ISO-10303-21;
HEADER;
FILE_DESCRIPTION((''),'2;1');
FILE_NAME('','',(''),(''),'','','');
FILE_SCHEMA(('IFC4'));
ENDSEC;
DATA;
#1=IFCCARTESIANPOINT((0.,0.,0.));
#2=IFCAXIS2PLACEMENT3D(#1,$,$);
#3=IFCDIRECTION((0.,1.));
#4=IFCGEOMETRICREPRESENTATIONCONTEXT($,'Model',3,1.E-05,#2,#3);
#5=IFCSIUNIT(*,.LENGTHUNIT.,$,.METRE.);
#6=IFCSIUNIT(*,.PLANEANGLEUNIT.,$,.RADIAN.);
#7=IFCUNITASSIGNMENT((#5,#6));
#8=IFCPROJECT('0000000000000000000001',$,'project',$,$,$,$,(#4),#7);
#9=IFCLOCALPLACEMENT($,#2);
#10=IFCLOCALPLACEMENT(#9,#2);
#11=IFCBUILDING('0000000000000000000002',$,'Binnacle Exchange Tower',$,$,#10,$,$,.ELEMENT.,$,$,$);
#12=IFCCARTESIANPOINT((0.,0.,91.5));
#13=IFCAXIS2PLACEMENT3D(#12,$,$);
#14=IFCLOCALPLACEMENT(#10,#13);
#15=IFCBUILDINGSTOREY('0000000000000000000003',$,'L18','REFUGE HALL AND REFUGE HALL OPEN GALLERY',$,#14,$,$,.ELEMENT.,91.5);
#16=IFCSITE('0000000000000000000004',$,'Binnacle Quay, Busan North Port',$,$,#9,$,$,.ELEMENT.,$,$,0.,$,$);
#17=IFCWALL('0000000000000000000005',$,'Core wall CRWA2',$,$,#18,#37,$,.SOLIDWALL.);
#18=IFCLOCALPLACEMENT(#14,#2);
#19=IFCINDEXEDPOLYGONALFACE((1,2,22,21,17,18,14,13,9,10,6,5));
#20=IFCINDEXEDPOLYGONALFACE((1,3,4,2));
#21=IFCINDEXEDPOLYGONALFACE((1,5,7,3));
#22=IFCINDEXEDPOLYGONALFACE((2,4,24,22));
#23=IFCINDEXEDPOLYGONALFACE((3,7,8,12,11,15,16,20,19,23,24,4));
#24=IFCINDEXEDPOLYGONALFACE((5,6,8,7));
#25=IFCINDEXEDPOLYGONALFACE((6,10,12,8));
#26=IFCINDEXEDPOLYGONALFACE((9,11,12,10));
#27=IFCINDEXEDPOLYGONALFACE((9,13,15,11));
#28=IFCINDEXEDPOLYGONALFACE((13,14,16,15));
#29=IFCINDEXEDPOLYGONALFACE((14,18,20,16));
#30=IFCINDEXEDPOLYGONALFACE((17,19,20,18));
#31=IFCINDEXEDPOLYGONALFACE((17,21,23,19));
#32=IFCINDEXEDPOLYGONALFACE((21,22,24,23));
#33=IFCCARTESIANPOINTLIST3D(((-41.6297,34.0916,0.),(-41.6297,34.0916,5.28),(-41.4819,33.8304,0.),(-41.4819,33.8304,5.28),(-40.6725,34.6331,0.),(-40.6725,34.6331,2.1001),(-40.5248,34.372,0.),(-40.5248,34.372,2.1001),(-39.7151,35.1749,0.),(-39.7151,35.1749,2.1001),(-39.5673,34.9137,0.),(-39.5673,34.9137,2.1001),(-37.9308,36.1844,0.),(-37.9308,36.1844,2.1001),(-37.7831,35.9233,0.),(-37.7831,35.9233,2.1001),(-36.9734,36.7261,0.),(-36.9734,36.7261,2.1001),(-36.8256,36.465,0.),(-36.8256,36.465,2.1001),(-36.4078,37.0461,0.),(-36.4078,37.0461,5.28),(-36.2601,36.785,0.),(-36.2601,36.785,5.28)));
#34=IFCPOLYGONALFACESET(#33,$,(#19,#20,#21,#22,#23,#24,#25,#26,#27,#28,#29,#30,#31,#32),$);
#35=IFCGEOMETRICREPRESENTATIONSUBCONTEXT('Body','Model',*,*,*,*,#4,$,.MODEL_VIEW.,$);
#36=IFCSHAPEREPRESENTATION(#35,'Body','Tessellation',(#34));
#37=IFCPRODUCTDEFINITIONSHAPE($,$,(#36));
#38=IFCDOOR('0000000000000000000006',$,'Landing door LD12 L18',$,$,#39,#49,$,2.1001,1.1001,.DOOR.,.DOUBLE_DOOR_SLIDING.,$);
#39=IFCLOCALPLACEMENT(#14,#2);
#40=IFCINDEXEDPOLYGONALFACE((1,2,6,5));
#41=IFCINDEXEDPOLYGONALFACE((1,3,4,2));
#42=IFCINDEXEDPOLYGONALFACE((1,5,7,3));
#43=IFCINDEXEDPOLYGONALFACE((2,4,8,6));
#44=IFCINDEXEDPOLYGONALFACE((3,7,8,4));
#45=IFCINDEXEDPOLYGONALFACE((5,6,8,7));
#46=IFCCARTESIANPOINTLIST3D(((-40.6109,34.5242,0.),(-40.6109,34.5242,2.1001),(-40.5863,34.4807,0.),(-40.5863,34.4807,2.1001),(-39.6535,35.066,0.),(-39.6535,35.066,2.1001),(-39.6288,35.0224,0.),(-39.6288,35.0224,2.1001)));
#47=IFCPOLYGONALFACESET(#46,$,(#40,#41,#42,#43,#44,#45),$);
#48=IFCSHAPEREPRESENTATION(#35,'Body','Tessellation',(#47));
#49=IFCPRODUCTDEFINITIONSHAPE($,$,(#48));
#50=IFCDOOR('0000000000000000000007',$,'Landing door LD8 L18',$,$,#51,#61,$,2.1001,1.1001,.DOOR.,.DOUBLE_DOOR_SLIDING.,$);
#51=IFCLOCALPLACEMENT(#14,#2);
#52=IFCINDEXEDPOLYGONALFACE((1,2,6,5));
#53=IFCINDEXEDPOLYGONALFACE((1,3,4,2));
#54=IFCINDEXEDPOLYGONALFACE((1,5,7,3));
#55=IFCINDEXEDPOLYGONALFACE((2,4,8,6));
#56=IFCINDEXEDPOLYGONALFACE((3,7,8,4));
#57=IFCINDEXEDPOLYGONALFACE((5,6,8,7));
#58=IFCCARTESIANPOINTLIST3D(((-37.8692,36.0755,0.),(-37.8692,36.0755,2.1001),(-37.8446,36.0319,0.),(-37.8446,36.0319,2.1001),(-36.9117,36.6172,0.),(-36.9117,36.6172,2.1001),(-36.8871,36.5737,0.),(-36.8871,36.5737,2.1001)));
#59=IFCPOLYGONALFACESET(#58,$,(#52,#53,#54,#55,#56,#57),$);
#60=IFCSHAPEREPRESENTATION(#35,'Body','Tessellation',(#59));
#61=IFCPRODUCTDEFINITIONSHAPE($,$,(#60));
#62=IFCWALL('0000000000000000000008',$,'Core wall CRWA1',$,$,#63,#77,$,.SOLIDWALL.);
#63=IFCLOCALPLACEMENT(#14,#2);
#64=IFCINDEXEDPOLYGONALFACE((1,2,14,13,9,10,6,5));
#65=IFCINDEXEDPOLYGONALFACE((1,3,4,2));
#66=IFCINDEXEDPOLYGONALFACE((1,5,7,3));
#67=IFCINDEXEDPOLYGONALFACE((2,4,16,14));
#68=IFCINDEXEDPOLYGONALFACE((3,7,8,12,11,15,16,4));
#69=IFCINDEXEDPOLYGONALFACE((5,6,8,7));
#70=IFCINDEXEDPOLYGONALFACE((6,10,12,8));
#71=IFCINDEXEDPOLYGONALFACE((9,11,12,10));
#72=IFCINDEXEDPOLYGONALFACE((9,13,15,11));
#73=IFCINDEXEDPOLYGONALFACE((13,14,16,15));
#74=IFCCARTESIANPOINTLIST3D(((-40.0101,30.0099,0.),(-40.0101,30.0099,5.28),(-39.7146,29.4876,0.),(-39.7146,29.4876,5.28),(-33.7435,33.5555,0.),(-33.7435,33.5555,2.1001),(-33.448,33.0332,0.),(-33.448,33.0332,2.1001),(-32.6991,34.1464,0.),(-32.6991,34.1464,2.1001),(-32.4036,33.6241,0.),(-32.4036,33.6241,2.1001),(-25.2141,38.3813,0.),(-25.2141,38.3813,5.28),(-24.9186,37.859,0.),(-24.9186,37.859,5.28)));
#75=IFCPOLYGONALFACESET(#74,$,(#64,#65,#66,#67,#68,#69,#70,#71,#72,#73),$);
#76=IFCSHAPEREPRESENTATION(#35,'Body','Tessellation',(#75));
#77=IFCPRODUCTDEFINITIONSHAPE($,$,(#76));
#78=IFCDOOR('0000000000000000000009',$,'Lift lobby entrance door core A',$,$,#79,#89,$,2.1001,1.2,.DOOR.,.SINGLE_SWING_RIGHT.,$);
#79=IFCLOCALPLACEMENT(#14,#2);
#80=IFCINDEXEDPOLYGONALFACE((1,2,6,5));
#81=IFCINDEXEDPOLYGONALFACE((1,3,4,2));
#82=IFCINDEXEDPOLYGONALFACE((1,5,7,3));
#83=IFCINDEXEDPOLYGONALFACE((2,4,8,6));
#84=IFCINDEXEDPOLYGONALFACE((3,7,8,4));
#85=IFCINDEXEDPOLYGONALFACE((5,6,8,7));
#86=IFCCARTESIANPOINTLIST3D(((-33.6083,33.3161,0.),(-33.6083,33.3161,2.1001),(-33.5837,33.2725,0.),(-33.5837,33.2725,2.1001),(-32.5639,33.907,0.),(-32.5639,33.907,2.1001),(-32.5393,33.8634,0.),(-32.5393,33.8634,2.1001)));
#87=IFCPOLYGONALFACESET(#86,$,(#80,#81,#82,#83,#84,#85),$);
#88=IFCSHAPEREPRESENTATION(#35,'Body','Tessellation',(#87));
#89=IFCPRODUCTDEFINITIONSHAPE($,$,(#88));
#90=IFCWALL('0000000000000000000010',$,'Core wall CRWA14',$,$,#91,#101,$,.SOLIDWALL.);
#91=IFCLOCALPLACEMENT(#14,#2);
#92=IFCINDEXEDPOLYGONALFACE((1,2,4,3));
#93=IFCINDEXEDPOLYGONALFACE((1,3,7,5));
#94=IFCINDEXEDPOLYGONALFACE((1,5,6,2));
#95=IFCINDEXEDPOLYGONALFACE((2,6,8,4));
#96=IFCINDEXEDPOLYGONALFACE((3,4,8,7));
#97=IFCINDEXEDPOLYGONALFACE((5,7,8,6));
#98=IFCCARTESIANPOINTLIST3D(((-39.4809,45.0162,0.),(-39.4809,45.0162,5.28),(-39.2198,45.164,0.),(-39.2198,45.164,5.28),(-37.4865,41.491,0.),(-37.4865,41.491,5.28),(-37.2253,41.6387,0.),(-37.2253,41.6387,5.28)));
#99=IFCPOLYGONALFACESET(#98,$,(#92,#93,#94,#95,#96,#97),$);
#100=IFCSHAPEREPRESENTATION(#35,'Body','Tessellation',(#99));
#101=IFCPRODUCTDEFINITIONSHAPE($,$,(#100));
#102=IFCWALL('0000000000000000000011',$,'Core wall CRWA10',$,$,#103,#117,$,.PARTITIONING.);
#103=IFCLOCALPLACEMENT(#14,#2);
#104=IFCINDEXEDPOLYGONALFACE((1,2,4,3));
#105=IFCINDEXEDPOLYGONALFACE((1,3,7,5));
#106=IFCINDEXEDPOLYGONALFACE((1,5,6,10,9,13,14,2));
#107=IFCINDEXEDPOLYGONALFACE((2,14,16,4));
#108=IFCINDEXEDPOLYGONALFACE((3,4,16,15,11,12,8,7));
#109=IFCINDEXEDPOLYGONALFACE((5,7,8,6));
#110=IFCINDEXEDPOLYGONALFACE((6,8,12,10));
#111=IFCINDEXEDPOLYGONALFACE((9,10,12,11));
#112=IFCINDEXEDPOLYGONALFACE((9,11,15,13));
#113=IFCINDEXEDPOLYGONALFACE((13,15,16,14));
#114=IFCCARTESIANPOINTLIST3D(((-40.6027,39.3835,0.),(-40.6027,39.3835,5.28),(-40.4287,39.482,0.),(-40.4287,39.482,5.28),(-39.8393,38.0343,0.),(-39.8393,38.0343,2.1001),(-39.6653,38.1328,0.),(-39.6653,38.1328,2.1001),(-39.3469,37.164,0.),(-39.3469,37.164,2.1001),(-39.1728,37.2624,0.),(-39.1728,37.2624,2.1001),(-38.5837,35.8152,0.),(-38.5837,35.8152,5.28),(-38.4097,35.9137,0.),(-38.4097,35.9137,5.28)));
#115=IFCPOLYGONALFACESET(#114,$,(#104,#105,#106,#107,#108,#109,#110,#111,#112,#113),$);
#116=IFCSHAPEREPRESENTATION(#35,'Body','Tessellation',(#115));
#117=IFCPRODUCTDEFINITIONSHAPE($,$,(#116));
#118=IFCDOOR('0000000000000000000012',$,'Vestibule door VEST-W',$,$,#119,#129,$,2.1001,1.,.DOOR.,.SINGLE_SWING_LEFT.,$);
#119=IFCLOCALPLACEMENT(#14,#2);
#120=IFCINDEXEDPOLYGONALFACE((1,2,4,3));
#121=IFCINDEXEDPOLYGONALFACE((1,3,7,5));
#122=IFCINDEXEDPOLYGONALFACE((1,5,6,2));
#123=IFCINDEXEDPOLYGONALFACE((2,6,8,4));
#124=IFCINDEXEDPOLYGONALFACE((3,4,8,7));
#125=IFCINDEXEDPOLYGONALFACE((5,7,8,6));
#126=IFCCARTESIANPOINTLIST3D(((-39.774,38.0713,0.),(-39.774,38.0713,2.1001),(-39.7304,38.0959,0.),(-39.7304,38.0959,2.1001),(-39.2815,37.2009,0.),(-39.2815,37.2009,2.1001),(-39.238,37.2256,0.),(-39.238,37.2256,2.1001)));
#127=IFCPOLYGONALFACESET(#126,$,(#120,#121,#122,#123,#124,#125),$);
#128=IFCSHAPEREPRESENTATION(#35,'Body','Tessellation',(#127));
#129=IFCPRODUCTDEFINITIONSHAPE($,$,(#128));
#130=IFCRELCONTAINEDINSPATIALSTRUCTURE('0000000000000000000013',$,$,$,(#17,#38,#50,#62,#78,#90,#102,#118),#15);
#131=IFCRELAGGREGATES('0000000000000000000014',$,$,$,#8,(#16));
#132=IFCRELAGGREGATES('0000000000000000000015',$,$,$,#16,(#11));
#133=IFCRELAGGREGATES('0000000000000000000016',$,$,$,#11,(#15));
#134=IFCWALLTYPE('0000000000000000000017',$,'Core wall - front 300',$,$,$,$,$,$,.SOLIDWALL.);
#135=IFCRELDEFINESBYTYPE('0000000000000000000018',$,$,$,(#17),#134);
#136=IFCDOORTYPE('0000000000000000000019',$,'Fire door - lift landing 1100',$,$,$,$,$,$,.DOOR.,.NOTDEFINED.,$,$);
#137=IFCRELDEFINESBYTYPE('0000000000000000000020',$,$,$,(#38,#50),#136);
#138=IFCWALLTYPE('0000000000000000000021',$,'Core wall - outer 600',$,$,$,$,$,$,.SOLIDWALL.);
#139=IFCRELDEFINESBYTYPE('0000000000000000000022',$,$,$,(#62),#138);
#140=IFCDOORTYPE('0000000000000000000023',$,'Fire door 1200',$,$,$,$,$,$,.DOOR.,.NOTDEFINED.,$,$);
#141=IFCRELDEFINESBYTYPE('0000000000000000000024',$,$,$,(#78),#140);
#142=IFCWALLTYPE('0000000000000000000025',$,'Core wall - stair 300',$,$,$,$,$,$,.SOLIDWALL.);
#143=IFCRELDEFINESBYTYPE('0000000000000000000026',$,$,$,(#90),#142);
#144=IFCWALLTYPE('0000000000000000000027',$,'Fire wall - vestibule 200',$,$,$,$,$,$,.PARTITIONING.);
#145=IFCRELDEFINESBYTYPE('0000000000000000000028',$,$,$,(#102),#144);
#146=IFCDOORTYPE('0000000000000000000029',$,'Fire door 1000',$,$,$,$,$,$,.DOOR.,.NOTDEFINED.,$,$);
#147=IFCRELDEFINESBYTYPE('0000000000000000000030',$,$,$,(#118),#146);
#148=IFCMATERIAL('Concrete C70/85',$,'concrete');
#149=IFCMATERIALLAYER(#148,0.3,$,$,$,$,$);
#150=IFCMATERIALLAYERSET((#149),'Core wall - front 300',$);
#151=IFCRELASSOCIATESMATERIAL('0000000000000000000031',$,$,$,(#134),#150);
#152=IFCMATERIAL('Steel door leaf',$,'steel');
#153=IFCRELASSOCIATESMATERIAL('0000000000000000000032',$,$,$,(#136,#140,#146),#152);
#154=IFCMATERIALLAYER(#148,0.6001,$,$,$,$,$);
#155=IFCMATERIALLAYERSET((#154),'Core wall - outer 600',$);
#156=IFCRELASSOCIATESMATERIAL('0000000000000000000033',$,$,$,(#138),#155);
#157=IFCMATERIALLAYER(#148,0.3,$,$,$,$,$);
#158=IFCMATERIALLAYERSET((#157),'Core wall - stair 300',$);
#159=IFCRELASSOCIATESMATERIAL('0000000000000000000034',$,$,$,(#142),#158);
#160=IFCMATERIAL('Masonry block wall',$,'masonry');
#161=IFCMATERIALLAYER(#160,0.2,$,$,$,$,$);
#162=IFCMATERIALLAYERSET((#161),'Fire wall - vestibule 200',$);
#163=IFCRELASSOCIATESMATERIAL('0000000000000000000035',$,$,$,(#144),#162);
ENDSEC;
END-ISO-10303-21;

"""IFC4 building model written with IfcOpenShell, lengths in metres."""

from ifc_helpers import new_model, si_unit, direction, frame, frame_2d, origin, place, context, subcontext, project, spatial, rectangle, extrude, material, layer, layer_set, type_object, element, fill, save


model = new_model("IFC4")

# Units and contexts
model_context = context("Model", 3, precision=1e-05, world=origin(), true_north=direction((0.0, 1.0)))
body_context = subcontext(model_context, "Body", "Model", "MODEL_VIEW")
ifc_project = project(units=[si_unit("LENGTHUNIT", "METRE"), si_unit("PLANEANGLEUNIT", "RADIAN")], contexts=[model_context])

# Site, building, storey
site_placement = place(None, origin())
site = spatial("IfcSite", under=ifc_project, at=site_placement, Name="Binnacle Quay, Busan North Port", CompositionType="ELEMENT", RefElevation=0.0)
building_placement = place(site_placement, origin())
building = spatial("IfcBuilding", under=site, at=building_placement, Name="Binnacle Exchange Tower", CompositionType="ELEMENT")
storey_placement = place(building_placement, frame((0.0, 0.0, 91.5)))
storey = spatial("IfcBuildingStorey", under=building, at=storey_placement, Name="L18", Description="REFUGE HALL AND REFUGE HALL OPEN GALLERY", CompositionType="ELEMENT", Elevation=91.5)

# Shared definitions
ifc_material_1 = material(Name="Concrete C70/85", Category="concrete")

# Wall, openings, doors
ifc_layer_1 = layer(ifc_material_1, 0.3)
ifc_layer_set_1 = layer_set([ifc_layer_1], Name="Core wall - front 300")
wall_type_1 = type_object("IfcWallType", Name="Core wall - front 300", PredefinedType="SOLIDWALL", material=ifc_layer_set_1)
wall_1_placement = place(storey_placement, frame((-41.5559, 33.9609, 0.0), z_axis=(0.0, 0.0, 1.0), x_axis=(0.870344, 0.492445, 0.0)))
wall_1 = element("IfcWall", 1, at=wall_1_placement, inside=storey, type_object=wall_type_1, Name="Core wall CRWA2", PredefinedType="SOLIDWALL", context=body_context, shape_type="SweptSolid", body=[
    extrude(rectangle(XDim=5.9998, YDim=0.3, at=frame_2d((3.0, 0.0))), origin(), (0.0, 0.0, 1.0), 5.28),
])
opening_1_placement = place(wall_1_placement, frame((1.0999, 0.0, 0.0)))
opening_1 = element("IfcOpeningElement", 2, at=opening_1_placement, cuts=wall_1, PredefinedType="OPENING", context=body_context, shape_type="SweptSolid", body=[
    extrude(rectangle(XDim=1.1001, YDim=2.1001, at=frame_2d((0.55, 1.05))), frame((0.0, 0.1599, 0.0), z_axis=(0.0, -1.0, 0.0), x_axis=(1.0, 0.0, 0.0)), (0.0, 0.0, 1.0), 0.3201),
])
opening_2_placement = place(wall_1_placement, frame((4.25, 0.0, 0.0)))
opening_2 = element("IfcOpeningElement", 3, at=opening_2_placement, cuts=wall_1, PredefinedType="OPENING", context=body_context, shape_type="SweptSolid", body=[
    extrude(rectangle(XDim=1.1001, YDim=2.1001, at=frame_2d((0.55, 1.05))), frame((0.0, 0.1599, 0.0), z_axis=(0.0, -1.0, 0.0), x_axis=(1.0, 0.0, 0.0)), (0.0, 0.0, 1.0), 0.3201),
])
ifc_material_2 = material(Name="Steel door leaf", Category="steel")
door_type_1 = type_object("IfcDoorType", Name="Fire door - lift landing 1100", OperationType="NOTDEFINED", PredefinedType="DOOR", material=ifc_material_2)
door_1_placement = place(opening_1_placement, origin())
door_1 = element("IfcDoor", 4, at=door_1_placement, inside=storey, type_object=door_type_1, Name="Landing door LD12 L18", OperationType="DOUBLE_DOOR_SLIDING", OverallHeight=2.1001, OverallWidth=1.1001, PredefinedType="DOOR", context=body_context, shape_type="SweptSolid", body=[
    extrude(rectangle(XDim=1.1001, YDim=2.1001, at=frame_2d((0.55, 1.05))), frame((0.0, 0.0249, 0.0), z_axis=(0.0, -1.0, 0.0), x_axis=(1.0, 0.0, 0.0)), (0.0, 0.0, 1.0), 0.05),
])
fill(opening_1, door_1)
door_2_placement = place(opening_2_placement, origin())
door_2 = element("IfcDoor", 5, at=door_2_placement, inside=storey, type_object=door_type_1, Name="Landing door LD8 L18", OperationType="DOUBLE_DOOR_SLIDING", OverallHeight=2.1001, OverallWidth=1.1001, PredefinedType="DOOR", context=body_context, shape_type="SweptSolid", body=[
    extrude(rectangle(XDim=1.1001, YDim=2.1001, at=frame_2d((0.55, 1.05))), frame((0.0, 0.0249, 0.0), z_axis=(0.0, -1.0, 0.0), x_axis=(1.0, 0.0, 0.0)), (0.0, 0.0, 1.0), 0.05),
])
fill(opening_2, door_2)

# Wall, opening, door
ifc_layer_2 = layer(ifc_material_1, 0.6001)
ifc_layer_set_2 = layer_set([ifc_layer_2], Name="Core wall - outer 600")
wall_type_2 = type_object("IfcWallType", Name="Core wall - outer 600", PredefinedType="SOLIDWALL", material=ifc_layer_set_2)
wall_2_placement = place(storey_placement, frame((-39.8623, 29.7488, 0.0), z_axis=(0.0, 0.0, 1.0), x_axis=(0.87035, 0.492433, 0.0)))
wall_2 = element("IfcWall", 6, at=wall_2_placement, inside=storey, type_object=wall_type_2, Name="Core wall CRWA1", PredefinedType="SOLIDWALL", context=body_context, shape_type="SweptSolid", body=[
    extrude(rectangle(XDim=17.0, YDim=0.6001, at=frame_2d((8.5, 0.0))), origin(), (0.0, 0.0, 1.0), 5.28),
])
opening_3_placement = place(wall_2_placement, frame((7.2, 0.0, 0.0)))
opening_3 = element("IfcOpeningElement", 7, at=opening_3_placement, cuts=wall_2, PredefinedType="OPENING", context=body_context, shape_type="SweptSolid", body=[
    extrude(rectangle(XDim=1.2, YDim=2.1001, at=frame_2d((0.6001, 1.05))), frame((0.0, 0.3101, 0.0), z_axis=(0.0, -1.0, 0.0), x_axis=(1.0, 0.0, 0.0)), (0.0, 0.0, 1.0), 0.6201),
])
door_type_2 = type_object("IfcDoorType", Name="Fire door 1200", OperationType="NOTDEFINED", PredefinedType="DOOR", material=ifc_material_2)
door_3_placement = place(opening_3_placement, frame((1.2, 0.0, 0.0), z_axis=(0.0, 0.0, 1.0), x_axis=(-1.0, 0.0, 0.0)))
door_3 = element("IfcDoor", 8, at=door_3_placement, inside=storey, type_object=door_type_2, Name="Lift lobby entrance door core A", OperationType="SINGLE_SWING_RIGHT", OverallHeight=2.1001, OverallWidth=1.2, PredefinedType="DOOR", context=body_context, shape_type="SweptSolid", body=[
    extrude(rectangle(XDim=1.2, YDim=2.1001, at=frame_2d((0.6001, 1.05))), frame((0.0, 0.0249, 0.0), z_axis=(0.0, -1.0, 0.0), x_axis=(1.0, 0.0, 0.0)), (0.0, 0.0, 1.0), 0.05),
])
fill(opening_3, door_3)

# Wall
ifc_layer_3 = layer(ifc_material_1, 0.3)
ifc_layer_set_3 = layer_set([ifc_layer_3], Name="Core wall - stair 300")
wall_type_3 = type_object("IfcWallType", Name="Core wall - stair 300", PredefinedType="SOLIDWALL", material=ifc_layer_set_3)
wall_3_placement = place(storey_placement, frame((-39.3503, 45.0901, 0.0), z_axis=(0.0, 0.0, 1.0), x_axis=(0.492415, -0.870361, 0.0)))
element("IfcWall", 9, at=wall_3_placement, inside=storey, type_object=wall_type_3, Name="Core wall CRWA14", PredefinedType="SOLIDWALL", context=body_context, shape_type="SweptSolid", body=[
    extrude(rectangle(XDim=4.0503, YDim=0.3, at=frame_2d((2.0251, 0.0))), origin(), (0.0, 0.0, 1.0), 5.28),
])

# Wall, opening, door
ifc_material_3 = material(Name="Masonry block wall", Category="masonry")
ifc_layer_4 = layer(ifc_material_3, 0.2)
ifc_layer_set_4 = layer_set([ifc_layer_4], Name="Fire wall - vestibule 200")
wall_type_4 = type_object("IfcWallType", Name="Fire wall - vestibule 200", PredefinedType="PARTITIONING", material=ifc_layer_set_4)
wall_4_placement = place(storey_placement, frame((-40.5156, 39.4326, 0.0), z_axis=(0.0, 0.0, 1.0), x_axis=(0.492454, -0.870339, 0.0)))
wall_4 = element("IfcWall", 10, at=wall_4_placement, inside=storey, type_object=wall_type_4, Name="Core wall CRWA10", PredefinedType="PARTITIONING", context=body_context, shape_type="SweptSolid", body=[
    extrude(rectangle(XDim=4.0999, YDim=0.2, at=frame_2d((2.0498, 0.0))), origin(), (0.0, 0.0, 1.0), 5.28),
])
opening_4_placement = place(wall_4_placement, frame((1.55, 0.0, 0.0)))
opening_4 = element("IfcOpeningElement", 11, at=opening_4_placement, cuts=wall_4, PredefinedType="OPENING", context=body_context, shape_type="SweptSolid", body=[
    extrude(rectangle(XDim=1.0, YDim=2.1001, at=frame_2d((0.5, 1.05))), frame((0.0, 0.1099, 0.0), z_axis=(0.0, -1.0, 0.0), x_axis=(1.0, 0.0, 0.0)), (0.0, 0.0, 1.0), 0.22),
])
door_type_3 = type_object("IfcDoorType", Name="Fire door 1000", OperationType="NOTDEFINED", PredefinedType="DOOR", material=ifc_material_2)
door_4_placement = place(opening_4_placement, frame((1.0, 0.0, 0.0), z_axis=(0.0, 0.0, 1.0), x_axis=(-1.0, 0.0, 0.0)))
door_4 = element("IfcDoor", 12, at=door_4_placement, inside=storey, type_object=door_type_3, Name="Vestibule door VEST-W", OperationType="SINGLE_SWING_LEFT", OverallHeight=2.1001, OverallWidth=1.0, PredefinedType="DOOR", context=body_context, shape_type="SweptSolid", body=[
    extrude(rectangle(XDim=1.0, YDim=2.1001, at=frame_2d((0.5, 1.05))), frame((0.0, 0.0249, 0.0), z_axis=(0.0, -1.0, 0.0), x_axis=(1.0, 0.0, 0.0)), (0.0, 0.0, 1.0), 0.05),
])
fill(opening_4, door_4)

save(model, "model.ifc")
